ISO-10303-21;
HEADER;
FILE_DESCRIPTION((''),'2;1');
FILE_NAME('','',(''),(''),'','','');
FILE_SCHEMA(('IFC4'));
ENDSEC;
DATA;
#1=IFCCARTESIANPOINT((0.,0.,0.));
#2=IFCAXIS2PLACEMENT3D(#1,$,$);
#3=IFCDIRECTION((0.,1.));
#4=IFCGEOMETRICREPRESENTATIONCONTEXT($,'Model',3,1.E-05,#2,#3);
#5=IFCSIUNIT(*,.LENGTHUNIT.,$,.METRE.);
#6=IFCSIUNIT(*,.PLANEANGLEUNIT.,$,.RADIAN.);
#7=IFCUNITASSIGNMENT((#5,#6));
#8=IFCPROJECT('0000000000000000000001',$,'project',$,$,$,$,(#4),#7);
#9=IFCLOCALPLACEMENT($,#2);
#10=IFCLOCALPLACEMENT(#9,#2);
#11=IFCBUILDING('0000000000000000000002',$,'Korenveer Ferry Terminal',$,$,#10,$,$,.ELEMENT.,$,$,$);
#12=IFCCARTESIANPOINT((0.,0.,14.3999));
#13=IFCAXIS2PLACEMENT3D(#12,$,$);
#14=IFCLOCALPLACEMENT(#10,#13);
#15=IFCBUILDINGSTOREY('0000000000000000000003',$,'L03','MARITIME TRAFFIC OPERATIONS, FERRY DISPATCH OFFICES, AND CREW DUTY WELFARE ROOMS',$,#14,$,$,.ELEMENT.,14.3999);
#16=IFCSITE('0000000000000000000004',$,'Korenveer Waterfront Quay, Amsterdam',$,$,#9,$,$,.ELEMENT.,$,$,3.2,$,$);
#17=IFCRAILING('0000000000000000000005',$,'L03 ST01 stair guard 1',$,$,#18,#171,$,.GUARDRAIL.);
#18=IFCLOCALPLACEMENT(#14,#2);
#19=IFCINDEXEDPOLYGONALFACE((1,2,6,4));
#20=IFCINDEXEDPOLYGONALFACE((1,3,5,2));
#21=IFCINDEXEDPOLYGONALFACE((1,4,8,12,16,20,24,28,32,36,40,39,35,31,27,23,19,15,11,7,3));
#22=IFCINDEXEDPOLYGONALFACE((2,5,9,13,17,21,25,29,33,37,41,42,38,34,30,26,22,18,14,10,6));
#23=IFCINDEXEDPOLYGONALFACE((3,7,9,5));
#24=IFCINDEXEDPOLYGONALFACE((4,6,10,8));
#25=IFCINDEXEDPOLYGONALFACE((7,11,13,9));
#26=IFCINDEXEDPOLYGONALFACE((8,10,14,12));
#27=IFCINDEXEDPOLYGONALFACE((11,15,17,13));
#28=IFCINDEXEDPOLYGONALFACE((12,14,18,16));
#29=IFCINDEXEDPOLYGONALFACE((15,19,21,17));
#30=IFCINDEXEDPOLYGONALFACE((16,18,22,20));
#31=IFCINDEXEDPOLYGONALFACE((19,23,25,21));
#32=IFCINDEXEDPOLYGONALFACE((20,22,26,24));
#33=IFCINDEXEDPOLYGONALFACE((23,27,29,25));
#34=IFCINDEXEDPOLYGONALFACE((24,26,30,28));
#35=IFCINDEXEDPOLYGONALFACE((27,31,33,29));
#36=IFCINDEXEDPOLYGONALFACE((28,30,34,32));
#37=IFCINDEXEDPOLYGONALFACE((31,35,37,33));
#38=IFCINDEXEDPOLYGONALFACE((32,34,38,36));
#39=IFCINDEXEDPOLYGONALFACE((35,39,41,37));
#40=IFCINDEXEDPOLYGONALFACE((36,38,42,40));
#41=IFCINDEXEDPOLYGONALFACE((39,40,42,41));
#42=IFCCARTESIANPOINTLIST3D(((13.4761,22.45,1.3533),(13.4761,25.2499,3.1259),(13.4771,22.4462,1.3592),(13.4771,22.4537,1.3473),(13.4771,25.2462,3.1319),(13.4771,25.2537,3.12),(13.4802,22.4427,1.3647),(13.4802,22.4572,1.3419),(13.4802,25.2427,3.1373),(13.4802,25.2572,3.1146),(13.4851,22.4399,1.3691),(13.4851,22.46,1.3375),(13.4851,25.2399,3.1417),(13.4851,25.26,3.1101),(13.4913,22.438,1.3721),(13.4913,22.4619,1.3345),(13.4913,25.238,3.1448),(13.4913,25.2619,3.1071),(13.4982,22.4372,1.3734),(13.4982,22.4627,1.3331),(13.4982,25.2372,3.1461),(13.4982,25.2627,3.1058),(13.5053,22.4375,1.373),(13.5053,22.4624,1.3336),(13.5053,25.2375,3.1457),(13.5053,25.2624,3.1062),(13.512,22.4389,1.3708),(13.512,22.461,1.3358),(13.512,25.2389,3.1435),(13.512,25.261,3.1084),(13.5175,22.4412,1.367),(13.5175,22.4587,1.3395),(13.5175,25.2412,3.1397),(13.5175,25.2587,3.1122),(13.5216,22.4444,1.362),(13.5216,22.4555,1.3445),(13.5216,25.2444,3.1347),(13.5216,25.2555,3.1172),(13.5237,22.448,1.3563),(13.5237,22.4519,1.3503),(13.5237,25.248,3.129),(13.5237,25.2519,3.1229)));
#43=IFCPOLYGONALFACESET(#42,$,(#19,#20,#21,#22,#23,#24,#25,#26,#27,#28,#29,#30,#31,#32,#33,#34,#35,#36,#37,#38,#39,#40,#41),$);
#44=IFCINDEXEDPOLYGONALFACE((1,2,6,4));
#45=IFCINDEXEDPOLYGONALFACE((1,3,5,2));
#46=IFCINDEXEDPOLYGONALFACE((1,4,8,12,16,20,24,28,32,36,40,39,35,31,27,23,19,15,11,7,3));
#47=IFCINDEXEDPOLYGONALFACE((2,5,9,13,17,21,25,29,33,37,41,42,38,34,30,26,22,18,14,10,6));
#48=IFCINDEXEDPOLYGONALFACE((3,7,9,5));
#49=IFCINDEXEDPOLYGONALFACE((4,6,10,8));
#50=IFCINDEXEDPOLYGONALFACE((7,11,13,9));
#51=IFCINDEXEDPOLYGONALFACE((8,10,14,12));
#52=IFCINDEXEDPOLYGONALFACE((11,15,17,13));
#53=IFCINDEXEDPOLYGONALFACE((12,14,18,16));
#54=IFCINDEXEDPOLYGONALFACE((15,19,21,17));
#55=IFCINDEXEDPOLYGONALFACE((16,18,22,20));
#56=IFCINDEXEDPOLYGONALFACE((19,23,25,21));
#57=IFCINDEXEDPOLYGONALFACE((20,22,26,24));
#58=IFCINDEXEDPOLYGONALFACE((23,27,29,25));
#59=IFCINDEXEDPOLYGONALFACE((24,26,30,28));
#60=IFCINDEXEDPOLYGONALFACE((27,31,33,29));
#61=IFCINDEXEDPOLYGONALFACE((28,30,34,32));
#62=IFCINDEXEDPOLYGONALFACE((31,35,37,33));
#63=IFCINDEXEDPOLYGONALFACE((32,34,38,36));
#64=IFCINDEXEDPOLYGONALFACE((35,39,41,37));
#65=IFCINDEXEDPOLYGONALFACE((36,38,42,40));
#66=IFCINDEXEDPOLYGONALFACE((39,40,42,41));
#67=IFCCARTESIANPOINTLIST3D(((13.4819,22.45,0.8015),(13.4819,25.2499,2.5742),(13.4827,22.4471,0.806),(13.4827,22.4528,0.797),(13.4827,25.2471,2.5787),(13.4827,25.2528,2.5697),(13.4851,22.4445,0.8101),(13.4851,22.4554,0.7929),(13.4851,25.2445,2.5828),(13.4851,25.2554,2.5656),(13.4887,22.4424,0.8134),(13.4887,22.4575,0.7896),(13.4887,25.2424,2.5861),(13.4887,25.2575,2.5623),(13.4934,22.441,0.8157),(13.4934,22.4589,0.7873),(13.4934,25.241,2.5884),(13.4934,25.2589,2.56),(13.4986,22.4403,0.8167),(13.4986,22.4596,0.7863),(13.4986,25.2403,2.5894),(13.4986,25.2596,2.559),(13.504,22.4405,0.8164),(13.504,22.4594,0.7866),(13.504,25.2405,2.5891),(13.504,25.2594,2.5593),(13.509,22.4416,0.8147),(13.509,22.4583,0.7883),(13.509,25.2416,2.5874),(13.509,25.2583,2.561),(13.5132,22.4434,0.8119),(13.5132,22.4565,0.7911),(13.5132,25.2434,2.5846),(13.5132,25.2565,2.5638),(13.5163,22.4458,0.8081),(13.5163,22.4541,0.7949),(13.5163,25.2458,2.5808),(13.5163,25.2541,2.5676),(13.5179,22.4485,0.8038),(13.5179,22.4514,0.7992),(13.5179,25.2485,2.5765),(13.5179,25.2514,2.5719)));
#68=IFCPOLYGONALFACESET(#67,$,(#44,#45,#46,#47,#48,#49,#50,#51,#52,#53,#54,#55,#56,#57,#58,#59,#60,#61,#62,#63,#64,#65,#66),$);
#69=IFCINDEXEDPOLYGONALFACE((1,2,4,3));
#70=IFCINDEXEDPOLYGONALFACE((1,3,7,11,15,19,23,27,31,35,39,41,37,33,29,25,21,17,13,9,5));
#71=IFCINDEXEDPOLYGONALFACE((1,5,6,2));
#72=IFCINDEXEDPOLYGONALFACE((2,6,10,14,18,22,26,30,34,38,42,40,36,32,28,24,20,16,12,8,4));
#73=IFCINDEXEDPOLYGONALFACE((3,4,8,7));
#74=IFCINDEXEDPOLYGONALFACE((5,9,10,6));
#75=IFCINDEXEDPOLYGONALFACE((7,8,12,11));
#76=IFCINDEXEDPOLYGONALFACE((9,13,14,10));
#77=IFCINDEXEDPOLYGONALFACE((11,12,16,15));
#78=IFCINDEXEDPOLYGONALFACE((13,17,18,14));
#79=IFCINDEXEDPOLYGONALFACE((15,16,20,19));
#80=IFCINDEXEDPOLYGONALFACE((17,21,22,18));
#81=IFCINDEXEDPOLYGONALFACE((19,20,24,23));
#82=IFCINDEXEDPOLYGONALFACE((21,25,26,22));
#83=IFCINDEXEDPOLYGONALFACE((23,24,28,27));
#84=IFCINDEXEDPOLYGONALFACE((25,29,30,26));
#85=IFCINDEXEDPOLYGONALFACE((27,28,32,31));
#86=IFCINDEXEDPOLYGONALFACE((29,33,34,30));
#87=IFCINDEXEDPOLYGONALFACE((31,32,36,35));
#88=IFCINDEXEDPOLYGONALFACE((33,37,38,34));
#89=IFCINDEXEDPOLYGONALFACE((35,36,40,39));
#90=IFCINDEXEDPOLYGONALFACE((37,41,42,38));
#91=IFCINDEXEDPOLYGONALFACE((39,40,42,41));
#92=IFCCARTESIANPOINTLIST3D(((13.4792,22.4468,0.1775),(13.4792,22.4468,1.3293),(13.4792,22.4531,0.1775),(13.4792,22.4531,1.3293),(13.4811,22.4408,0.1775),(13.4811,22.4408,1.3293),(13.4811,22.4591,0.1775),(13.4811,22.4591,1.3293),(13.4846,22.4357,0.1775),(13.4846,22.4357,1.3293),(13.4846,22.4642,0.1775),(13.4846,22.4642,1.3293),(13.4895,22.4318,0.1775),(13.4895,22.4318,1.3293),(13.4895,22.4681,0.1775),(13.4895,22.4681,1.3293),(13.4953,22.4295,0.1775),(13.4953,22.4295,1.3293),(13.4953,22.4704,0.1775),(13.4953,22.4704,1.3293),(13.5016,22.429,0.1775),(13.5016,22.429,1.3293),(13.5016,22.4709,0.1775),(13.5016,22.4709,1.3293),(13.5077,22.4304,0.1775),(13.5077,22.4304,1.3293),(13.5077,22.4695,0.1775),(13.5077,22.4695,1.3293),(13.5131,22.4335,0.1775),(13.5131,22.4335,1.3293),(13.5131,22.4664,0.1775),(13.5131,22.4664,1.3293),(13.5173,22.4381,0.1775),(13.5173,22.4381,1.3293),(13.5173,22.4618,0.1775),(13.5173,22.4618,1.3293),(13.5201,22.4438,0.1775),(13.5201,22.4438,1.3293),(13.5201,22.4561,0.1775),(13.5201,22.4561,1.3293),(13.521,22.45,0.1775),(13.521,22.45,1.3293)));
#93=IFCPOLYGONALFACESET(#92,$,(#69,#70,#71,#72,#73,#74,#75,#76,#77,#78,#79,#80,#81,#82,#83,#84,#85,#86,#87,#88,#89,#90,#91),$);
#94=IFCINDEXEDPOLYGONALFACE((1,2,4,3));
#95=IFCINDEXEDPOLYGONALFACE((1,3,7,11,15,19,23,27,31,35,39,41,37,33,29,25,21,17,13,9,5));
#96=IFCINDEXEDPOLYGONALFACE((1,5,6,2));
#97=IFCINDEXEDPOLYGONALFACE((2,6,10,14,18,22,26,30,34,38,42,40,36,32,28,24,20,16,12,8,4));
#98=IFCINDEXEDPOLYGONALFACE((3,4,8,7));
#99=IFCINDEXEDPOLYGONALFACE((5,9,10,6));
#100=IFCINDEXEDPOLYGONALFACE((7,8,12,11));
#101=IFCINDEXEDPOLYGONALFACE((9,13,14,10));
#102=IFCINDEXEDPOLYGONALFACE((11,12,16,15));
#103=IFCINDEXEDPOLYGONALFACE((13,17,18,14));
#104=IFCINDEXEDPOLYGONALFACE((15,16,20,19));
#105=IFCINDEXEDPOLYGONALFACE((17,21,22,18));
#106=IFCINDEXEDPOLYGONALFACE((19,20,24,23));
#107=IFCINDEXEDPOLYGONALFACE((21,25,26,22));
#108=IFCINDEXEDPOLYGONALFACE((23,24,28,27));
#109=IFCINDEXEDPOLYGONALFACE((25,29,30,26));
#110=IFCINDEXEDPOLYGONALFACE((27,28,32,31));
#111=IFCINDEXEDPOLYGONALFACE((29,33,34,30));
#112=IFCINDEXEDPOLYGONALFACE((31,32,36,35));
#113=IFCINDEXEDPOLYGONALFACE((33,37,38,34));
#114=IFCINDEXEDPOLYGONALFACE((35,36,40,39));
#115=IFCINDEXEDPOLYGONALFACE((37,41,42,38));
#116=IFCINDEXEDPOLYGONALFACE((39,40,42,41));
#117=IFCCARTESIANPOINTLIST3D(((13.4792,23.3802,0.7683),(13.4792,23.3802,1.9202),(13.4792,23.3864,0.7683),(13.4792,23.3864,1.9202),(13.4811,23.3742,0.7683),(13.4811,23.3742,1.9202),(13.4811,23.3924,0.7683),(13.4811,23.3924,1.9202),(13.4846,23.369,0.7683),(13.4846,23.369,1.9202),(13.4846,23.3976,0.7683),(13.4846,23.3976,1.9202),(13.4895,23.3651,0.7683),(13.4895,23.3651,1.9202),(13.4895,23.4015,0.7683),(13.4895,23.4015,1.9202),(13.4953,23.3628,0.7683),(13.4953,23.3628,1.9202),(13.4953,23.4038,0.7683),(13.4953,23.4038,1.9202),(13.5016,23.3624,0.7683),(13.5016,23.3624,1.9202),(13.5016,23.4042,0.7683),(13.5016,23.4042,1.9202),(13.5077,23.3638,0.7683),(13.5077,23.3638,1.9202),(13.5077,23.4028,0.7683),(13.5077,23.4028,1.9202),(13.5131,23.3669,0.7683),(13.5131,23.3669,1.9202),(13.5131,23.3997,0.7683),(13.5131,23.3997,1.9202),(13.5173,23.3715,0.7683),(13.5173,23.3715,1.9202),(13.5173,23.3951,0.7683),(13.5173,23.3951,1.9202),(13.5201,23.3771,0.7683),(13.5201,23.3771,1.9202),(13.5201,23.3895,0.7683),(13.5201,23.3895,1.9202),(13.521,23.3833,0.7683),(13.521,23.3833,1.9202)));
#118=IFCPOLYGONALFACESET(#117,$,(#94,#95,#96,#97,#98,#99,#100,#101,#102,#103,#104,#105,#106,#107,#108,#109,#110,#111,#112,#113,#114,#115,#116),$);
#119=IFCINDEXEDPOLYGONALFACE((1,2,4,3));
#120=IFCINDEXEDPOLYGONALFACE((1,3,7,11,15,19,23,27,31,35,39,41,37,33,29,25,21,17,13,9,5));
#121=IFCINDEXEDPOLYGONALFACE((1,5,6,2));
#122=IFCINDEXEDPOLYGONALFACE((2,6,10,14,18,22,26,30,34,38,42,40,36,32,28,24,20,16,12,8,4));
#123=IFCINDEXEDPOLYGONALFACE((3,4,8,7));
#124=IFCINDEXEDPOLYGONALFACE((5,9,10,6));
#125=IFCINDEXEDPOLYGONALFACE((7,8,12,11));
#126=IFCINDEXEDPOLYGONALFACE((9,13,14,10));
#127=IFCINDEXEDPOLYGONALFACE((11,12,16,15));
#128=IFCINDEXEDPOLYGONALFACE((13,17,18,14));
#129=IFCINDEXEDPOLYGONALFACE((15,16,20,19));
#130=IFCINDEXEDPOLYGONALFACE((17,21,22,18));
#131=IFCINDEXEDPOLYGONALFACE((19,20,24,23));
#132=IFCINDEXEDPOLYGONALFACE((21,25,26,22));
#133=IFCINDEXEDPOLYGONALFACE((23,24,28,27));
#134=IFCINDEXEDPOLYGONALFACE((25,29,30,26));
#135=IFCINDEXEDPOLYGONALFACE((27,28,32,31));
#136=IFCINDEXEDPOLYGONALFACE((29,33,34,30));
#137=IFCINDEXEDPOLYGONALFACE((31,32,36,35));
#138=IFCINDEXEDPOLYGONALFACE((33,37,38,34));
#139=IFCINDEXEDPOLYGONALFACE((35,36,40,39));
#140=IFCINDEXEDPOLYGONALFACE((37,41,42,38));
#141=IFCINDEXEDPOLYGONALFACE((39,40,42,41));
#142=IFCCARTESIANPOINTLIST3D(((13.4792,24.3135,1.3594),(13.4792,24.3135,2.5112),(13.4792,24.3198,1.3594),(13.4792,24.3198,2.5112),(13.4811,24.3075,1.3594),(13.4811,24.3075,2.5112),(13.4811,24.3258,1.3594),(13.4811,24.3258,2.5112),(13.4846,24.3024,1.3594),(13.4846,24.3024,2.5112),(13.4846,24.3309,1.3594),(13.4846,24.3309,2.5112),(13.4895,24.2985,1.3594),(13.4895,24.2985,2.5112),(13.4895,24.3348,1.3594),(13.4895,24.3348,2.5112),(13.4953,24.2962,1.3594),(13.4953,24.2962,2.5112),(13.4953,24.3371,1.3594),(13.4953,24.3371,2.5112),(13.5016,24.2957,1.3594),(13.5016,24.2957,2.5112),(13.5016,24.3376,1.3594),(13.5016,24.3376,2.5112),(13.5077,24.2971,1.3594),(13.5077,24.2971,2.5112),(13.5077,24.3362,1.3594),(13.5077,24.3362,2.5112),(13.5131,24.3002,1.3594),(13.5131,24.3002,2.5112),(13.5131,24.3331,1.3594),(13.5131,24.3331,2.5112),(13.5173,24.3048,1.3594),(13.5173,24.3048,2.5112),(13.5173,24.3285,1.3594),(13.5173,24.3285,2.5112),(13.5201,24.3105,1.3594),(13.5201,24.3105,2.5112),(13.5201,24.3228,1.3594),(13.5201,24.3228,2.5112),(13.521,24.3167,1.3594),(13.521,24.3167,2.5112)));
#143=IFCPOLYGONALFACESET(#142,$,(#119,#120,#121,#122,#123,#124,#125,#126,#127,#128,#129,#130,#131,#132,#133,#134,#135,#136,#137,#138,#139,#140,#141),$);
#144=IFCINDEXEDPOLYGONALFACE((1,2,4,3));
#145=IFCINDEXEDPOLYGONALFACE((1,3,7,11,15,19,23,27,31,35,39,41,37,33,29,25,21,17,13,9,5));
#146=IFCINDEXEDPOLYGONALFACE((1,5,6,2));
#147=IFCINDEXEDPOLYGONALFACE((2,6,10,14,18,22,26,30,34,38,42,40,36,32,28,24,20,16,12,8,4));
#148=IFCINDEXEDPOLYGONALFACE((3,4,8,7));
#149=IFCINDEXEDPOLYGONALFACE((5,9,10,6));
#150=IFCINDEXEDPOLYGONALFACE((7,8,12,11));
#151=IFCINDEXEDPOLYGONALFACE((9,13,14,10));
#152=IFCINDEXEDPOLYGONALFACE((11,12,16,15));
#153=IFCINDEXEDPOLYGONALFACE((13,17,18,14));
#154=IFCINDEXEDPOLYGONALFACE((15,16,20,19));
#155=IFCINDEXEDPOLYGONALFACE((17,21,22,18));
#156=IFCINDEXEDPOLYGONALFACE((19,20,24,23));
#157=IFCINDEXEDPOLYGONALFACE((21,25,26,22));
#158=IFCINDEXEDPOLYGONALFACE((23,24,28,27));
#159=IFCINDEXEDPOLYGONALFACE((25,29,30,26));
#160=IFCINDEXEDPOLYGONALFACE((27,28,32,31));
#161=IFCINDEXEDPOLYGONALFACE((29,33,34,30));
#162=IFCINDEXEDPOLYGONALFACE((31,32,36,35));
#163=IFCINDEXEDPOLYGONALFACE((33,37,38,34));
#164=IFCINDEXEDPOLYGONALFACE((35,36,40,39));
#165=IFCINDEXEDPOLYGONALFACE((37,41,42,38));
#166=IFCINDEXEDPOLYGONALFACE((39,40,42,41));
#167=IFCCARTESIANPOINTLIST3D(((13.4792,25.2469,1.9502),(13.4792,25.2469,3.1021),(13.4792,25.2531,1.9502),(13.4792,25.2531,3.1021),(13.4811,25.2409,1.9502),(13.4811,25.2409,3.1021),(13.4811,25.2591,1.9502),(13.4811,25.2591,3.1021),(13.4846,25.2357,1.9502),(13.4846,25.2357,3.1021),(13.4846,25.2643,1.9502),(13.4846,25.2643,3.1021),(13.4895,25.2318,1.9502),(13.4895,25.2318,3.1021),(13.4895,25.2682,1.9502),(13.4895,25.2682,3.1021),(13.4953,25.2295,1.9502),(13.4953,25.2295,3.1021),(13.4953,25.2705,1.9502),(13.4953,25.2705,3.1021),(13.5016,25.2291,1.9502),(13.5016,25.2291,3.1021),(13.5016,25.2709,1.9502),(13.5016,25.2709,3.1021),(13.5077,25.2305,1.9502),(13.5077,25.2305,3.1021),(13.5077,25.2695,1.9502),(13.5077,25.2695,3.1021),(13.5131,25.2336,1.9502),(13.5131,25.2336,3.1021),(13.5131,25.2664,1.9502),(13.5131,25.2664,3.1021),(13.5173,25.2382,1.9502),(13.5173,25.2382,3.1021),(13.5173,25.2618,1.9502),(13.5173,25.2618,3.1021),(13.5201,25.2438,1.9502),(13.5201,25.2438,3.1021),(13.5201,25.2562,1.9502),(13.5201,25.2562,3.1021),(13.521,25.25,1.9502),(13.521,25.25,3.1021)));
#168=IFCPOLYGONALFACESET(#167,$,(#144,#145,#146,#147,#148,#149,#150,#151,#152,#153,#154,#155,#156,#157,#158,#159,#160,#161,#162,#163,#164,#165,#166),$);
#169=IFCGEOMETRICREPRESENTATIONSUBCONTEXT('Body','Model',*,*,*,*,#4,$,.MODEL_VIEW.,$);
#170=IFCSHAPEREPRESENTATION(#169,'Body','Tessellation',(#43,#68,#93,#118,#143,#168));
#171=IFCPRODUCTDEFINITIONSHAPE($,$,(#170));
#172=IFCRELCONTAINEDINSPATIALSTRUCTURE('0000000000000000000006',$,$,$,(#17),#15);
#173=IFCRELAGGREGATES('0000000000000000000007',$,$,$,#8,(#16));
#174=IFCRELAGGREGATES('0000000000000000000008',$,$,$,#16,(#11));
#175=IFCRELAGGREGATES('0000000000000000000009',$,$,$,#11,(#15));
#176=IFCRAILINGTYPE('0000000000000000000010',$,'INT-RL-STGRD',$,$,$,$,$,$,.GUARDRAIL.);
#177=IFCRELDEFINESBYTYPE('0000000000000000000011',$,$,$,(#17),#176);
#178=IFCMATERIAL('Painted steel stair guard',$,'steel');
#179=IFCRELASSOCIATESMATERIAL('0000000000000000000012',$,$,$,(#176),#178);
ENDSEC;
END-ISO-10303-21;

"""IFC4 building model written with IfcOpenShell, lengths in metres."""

from ifc_helpers import new_model, si_unit, direction, frame, origin, origin_2d, place, context, subcontext, project, spatial, circle, extrude, material, type_object, element, save


model = new_model("IFC4")

# Units and contexts
model_context = context("Model", 3, precision=1e-05, world=origin(), true_north=direction((0.0, 1.0)))
body_context = subcontext(model_context, "Body", "Model", "MODEL_VIEW")
ifc_project = project(units=[si_unit("LENGTHUNIT", "METRE"), si_unit("PLANEANGLEUNIT", "RADIAN")], contexts=[model_context])

# Site, building, storey
site_placement = place(None, origin())
site = spatial("IfcSite", under=ifc_project, at=site_placement, Name="Korenveer Waterfront Quay, Amsterdam", CompositionType="ELEMENT", RefElevation=3.2)
building_placement = place(site_placement, origin())
building = spatial("IfcBuilding", under=site, at=building_placement, Name="Korenveer Ferry Terminal", CompositionType="ELEMENT")
storey_placement = place(building_placement, frame((0.0, 0.0, 14.3999)))
storey = spatial("IfcBuildingStorey", under=building, at=storey_placement, Name="L03", Description="MARITIME TRAFFIC OPERATIONS, FERRY DISPATCH OFFICES, AND CREW DUTY WELFARE ROOMS", CompositionType="ELEMENT", Elevation=14.3999)

# Railing
ifc_material_1 = material(Name="Painted steel stair guard", Category="steel")
railing_type_1 = type_object("IfcRailingType", Name="INT-RL-STGRD", PredefinedType="GUARDRAIL", material=ifc_material_1)
railing_1_placement = place(storey_placement, frame((13.5, 22.45, 0.1775)))
element("IfcRailing", 1, at=railing_1_placement, inside=storey, type_object=railing_type_1, Name="L03 ST01 stair guard 1", PredefinedType="GUARDRAIL", context=body_context, shape_type="SweptSolid", body=[
    extrude(circle(Radius=0.0239, at=origin_2d()), frame((0.0, 0.0, 1.1758), z_axis=(0.0, 0.844909, 0.53491), x_axis=(-1.0, 0.0, 0.0)), (0.0, 0.0, 1.0), 3.314),
    extrude(circle(Radius=0.0181, at=origin_2d()), frame((0.0, 0.0, 0.624), z_axis=(0.0, 0.844909, 0.53491), x_axis=(-1.0, 0.0, 0.0)), (0.0, 0.0, 1.0), 3.314),
    extrude(circle(Radius=0.021, at=origin_2d()), origin(), (0.0, 0.0, 1.0), 1.1519),
    extrude(circle(Radius=0.021, at=origin_2d()), frame((0.0, 0.9333, 0.5908)), (0.0, 0.0, 1.0), 1.1519),
    extrude(circle(Radius=0.021, at=origin_2d()), frame((0.0, 1.8667, 1.1819)), (0.0, 0.0, 1.0), 1.1519),
    extrude(circle(Radius=0.021, at=origin_2d()), frame((0.0, 2.8, 1.7727)), (0.0, 0.0, 1.0), 1.1519),
])

save(model, "model.ifc")
